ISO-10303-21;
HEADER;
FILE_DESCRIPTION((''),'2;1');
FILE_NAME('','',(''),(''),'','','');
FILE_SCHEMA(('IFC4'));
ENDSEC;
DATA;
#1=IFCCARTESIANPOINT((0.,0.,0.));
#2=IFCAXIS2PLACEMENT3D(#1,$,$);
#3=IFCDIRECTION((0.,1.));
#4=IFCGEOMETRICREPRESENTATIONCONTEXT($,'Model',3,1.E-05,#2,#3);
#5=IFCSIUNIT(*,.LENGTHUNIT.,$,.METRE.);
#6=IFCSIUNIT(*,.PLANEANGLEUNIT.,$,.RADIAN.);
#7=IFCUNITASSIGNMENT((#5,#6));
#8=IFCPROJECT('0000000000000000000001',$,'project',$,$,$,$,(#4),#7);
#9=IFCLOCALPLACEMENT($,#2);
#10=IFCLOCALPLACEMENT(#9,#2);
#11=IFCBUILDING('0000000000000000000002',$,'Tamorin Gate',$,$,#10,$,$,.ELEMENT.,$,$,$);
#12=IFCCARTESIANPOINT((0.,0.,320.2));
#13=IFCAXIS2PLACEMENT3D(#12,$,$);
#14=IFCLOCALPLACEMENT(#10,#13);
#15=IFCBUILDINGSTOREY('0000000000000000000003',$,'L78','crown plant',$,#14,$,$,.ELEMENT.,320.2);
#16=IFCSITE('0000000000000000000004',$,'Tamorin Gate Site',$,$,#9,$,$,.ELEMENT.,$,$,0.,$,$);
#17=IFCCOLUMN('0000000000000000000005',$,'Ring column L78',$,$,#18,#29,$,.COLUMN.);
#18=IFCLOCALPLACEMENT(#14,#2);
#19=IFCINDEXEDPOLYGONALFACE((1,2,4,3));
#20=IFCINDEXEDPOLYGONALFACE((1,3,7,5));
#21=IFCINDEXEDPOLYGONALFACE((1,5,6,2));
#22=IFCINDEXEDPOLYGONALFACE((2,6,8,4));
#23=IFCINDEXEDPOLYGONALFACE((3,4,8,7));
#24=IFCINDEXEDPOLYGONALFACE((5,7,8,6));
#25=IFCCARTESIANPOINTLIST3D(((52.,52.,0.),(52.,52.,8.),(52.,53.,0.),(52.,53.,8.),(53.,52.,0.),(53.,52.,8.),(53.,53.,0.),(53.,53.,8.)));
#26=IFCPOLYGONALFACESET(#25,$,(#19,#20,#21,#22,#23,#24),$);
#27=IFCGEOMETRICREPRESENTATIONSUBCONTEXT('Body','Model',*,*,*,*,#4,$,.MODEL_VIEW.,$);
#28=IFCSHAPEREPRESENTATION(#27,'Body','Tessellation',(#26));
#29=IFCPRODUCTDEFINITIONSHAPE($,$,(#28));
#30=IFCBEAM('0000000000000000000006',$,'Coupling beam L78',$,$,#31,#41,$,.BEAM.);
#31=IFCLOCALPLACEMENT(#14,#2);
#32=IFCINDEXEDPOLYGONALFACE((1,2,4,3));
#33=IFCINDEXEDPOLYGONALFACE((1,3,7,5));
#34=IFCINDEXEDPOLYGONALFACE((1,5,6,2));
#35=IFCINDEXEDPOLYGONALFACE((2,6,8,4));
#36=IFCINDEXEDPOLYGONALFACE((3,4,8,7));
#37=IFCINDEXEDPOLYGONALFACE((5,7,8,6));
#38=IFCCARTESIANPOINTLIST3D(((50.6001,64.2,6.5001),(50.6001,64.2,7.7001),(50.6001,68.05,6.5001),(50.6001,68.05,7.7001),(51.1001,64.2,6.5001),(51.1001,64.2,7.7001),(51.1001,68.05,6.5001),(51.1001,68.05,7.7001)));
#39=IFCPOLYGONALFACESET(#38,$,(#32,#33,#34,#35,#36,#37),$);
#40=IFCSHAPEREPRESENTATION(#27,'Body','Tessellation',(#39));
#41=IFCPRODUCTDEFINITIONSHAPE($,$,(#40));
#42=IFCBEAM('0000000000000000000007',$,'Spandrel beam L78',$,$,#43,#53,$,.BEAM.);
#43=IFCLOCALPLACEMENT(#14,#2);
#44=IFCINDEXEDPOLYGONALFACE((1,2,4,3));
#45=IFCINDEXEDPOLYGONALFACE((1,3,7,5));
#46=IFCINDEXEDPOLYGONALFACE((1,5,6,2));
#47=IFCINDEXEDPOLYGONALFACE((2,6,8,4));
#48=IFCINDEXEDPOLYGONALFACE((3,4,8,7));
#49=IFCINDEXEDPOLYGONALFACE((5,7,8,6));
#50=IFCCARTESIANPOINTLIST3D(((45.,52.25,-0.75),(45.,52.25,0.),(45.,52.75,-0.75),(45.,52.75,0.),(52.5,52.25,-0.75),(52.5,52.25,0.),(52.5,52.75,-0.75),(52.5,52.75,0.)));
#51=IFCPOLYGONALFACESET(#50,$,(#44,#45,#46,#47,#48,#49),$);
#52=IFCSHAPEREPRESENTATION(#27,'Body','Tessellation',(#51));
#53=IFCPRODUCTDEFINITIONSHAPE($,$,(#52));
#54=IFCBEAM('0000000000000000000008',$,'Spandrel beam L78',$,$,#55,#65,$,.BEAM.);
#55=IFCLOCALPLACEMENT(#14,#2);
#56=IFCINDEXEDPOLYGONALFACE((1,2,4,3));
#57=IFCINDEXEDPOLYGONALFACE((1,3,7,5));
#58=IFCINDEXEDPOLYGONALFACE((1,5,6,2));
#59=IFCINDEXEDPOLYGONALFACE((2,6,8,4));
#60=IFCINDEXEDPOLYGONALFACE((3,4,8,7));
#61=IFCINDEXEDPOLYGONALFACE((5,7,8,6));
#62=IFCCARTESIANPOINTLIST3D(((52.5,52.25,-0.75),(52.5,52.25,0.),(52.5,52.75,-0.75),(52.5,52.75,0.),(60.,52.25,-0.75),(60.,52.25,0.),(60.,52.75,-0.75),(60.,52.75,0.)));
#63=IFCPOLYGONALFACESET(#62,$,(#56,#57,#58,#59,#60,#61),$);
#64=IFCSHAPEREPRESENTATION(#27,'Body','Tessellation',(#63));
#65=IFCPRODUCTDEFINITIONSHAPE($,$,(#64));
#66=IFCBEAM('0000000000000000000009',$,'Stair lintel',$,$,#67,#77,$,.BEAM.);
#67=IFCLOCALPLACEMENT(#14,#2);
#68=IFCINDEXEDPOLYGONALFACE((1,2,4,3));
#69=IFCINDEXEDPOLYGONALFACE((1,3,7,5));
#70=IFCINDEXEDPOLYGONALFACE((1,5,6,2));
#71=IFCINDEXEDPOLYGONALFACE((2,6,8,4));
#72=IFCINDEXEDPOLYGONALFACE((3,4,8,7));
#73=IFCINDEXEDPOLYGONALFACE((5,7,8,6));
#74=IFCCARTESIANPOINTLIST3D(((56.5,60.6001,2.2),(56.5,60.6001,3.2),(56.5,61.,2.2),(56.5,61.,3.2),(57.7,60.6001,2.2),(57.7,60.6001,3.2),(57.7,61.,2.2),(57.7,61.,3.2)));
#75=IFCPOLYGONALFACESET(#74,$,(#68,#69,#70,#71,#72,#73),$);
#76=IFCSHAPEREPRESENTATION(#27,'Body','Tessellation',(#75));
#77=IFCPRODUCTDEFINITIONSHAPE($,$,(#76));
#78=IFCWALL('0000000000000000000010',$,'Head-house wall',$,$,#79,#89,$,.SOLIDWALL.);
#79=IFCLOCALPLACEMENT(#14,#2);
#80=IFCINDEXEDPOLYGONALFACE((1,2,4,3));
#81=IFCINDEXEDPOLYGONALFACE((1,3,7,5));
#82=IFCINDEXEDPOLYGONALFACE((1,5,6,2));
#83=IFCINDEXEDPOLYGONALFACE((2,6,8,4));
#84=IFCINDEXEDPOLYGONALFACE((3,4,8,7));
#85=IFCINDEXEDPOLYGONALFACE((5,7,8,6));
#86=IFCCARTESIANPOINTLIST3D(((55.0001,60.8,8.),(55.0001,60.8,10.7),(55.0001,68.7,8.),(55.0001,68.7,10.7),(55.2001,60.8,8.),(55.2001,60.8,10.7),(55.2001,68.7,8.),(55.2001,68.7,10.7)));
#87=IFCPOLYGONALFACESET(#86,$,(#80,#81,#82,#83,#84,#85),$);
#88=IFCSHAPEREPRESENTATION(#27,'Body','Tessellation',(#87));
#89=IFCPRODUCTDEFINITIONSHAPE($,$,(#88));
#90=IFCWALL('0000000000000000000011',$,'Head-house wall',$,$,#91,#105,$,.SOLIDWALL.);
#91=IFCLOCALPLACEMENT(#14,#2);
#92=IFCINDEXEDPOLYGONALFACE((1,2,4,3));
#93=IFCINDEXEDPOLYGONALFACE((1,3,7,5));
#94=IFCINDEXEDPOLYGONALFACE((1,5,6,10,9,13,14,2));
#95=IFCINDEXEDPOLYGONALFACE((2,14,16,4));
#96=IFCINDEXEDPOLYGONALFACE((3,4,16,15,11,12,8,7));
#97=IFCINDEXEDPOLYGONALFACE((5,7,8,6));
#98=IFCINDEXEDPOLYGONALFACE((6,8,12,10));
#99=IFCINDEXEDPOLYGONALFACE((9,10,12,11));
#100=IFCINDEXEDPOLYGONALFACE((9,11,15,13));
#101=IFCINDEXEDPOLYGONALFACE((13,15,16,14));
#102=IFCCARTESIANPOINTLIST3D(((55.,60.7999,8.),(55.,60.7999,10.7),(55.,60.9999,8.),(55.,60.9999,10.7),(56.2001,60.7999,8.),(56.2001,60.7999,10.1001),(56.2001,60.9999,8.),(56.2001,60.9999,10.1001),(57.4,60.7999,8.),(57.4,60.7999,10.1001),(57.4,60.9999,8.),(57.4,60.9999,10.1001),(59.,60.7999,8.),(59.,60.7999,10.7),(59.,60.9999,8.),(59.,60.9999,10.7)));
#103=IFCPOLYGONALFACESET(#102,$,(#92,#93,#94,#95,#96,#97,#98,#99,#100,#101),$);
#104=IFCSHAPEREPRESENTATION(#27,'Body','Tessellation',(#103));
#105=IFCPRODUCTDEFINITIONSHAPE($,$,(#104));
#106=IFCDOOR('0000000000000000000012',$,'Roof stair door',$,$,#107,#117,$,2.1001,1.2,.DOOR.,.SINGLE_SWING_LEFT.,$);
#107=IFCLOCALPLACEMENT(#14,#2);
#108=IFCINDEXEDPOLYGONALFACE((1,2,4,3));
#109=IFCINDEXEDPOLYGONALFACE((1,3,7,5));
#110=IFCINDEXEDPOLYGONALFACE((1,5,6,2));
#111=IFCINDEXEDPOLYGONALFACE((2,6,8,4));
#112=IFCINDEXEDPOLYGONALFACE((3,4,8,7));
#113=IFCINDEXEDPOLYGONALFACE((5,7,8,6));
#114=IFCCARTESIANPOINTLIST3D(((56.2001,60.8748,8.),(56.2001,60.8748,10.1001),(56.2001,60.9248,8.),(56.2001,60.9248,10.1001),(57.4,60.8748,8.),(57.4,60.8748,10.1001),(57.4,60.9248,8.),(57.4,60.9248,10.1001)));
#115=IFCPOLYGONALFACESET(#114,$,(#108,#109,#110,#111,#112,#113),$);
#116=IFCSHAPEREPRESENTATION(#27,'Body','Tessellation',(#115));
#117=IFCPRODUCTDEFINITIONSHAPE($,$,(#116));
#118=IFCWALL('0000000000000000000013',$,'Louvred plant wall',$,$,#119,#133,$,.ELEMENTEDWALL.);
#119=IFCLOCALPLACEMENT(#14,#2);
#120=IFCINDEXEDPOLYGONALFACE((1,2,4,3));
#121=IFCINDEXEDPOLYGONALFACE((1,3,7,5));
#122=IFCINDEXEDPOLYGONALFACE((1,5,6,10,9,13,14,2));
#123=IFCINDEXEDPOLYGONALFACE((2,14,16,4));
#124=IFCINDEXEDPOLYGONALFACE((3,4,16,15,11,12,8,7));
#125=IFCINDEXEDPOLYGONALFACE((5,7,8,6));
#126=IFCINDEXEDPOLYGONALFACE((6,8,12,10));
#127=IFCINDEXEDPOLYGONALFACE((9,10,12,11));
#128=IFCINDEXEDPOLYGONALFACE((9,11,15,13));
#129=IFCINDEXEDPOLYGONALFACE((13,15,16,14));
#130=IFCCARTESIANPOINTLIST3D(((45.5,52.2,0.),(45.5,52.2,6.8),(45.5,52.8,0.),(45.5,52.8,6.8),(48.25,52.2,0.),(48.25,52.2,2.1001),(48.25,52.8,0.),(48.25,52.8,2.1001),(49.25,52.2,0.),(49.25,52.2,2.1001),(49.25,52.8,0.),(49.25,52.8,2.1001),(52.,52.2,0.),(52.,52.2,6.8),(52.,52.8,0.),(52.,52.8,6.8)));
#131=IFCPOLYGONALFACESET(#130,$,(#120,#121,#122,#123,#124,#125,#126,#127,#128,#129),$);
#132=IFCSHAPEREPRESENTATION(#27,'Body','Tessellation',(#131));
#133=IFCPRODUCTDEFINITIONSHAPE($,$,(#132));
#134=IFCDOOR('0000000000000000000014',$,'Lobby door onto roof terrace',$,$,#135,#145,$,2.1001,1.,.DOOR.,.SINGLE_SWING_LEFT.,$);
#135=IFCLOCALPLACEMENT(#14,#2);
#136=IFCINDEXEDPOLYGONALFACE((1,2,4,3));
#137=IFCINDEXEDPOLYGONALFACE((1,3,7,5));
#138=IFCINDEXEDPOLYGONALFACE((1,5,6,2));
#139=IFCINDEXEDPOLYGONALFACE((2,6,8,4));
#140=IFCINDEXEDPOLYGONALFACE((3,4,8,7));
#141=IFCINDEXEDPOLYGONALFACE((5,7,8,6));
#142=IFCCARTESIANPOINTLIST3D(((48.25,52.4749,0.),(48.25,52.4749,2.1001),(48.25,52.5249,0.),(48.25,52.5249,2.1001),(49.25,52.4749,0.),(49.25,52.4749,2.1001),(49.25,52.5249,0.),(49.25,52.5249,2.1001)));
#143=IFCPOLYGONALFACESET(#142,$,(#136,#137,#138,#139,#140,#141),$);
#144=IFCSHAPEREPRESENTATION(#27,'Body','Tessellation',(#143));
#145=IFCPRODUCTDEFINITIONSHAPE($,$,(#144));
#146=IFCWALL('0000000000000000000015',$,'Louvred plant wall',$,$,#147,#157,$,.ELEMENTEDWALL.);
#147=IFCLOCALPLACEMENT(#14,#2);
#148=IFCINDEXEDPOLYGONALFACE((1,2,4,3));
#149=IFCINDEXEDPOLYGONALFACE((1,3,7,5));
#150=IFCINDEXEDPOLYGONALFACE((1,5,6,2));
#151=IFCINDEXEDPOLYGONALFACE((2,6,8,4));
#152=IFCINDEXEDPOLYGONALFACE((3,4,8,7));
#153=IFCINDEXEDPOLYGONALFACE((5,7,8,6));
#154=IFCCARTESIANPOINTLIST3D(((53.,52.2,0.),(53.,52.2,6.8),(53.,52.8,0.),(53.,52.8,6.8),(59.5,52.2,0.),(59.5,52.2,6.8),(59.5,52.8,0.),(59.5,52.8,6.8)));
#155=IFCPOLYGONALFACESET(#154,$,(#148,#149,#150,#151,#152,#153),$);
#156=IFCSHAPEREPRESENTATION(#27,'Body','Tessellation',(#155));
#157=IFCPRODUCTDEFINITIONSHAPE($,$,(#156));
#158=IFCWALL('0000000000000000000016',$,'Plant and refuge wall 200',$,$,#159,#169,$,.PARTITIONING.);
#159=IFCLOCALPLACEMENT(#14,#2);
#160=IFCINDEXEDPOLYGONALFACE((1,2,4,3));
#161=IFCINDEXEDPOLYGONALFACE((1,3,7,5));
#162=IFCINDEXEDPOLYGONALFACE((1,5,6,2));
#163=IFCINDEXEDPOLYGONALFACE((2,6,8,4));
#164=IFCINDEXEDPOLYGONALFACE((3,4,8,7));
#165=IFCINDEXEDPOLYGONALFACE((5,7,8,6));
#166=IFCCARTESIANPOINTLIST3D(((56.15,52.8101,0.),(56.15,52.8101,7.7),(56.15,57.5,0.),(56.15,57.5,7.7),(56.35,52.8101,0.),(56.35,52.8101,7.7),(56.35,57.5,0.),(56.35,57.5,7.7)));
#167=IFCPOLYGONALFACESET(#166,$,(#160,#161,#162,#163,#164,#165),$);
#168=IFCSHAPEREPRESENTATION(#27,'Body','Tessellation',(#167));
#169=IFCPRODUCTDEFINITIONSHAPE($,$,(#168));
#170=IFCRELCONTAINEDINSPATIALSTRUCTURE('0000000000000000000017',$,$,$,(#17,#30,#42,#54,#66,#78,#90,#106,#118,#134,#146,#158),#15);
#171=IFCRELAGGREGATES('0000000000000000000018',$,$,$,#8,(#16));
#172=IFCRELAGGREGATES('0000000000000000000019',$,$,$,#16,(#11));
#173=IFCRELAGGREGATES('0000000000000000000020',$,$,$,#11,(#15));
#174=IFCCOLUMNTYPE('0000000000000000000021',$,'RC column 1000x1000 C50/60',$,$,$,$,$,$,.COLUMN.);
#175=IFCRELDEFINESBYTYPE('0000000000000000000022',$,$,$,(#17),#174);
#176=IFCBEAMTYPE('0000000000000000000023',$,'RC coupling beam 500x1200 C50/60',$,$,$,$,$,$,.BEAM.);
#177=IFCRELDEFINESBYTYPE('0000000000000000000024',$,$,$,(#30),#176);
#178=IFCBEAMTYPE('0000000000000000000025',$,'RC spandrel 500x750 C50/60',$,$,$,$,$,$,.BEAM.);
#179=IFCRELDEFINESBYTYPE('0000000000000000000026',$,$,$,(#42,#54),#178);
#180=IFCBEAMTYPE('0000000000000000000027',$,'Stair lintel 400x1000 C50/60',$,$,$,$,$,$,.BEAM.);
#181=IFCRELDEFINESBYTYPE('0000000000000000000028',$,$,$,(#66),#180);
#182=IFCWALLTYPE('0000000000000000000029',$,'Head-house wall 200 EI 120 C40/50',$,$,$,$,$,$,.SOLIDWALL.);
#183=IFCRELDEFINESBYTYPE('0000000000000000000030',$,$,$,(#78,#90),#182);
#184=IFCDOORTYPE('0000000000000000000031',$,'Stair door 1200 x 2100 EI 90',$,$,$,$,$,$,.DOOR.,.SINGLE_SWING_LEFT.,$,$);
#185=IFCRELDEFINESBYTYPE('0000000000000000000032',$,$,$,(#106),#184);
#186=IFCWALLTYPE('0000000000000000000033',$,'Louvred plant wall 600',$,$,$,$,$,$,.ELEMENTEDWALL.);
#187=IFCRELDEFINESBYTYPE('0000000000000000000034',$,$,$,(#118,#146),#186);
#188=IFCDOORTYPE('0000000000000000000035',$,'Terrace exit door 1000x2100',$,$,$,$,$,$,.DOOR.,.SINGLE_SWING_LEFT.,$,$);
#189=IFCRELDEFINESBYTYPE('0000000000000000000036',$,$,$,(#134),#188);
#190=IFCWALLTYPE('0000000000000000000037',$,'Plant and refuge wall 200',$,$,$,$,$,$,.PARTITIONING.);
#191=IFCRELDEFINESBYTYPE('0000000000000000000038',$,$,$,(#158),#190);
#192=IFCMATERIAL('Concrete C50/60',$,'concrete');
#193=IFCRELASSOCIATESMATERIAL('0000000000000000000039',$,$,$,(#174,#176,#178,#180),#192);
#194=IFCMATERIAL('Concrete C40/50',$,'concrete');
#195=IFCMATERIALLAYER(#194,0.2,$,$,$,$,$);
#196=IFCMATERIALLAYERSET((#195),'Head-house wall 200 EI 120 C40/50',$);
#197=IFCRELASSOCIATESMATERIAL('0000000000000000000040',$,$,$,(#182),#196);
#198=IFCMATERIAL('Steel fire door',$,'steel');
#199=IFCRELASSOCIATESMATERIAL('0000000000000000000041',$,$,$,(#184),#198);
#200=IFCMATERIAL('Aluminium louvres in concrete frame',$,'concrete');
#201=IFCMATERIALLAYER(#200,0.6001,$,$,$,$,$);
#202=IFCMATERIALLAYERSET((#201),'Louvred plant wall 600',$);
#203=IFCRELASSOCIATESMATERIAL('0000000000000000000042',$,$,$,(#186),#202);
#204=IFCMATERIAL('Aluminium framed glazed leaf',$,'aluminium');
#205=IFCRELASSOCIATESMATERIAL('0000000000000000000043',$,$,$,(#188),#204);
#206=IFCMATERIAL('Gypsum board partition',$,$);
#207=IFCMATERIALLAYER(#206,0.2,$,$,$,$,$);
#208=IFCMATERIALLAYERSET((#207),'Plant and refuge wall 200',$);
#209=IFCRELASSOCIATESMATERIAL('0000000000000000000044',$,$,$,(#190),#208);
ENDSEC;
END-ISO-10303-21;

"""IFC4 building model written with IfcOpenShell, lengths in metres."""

from ifc_helpers import new_model, si_unit, direction, frame, frame_2d, origin, origin_2d, place, context, subcontext, project, spatial, rectangle, extrude, material, layer, layer_set, material_profile, profile_set, type_object, element, fill, save


model = new_model("IFC4")

# Units and contexts
model_context = context("Model", 3, precision=1e-05, world=origin(), true_north=direction((0.0, 1.0)))
body_context = subcontext(model_context, "Body", "Model", "MODEL_VIEW")
ifc_project = project(units=[si_unit("LENGTHUNIT", "METRE"), si_unit("PLANEANGLEUNIT", "RADIAN")], contexts=[model_context])

# Site, building, storey
site_placement = place(None, origin())
site = spatial("IfcSite", under=ifc_project, at=site_placement, Name="Tamorin Gate Site", CompositionType="ELEMENT", RefElevation=0.0)
building_placement = place(site_placement, origin())
building = spatial("IfcBuilding", under=site, at=building_placement, Name="Tamorin Gate", CompositionType="ELEMENT")
storey_placement = place(building_placement, frame((0.0, 0.0, 320.2)))
storey = spatial("IfcBuildingStorey", under=building, at=storey_placement, Name="L78", Description="crown plant", CompositionType="ELEMENT", Elevation=320.2)

# Column
ifc_material_1 = material(Name="Concrete C50/60", Category="concrete")
ifc_material_profile_1 = material_profile(ifc_material_1, rectangle(XDim=1.0, YDim=1.0, at=origin_2d()), Name="RC 1000x1000")
ifc_profile_set_1 = profile_set([ifc_material_profile_1], Name="Concrete C50/60")
column_type = type_object("IfcColumnType", Name="RC column 1000x1000 C50/60", PredefinedType="COLUMN", material=ifc_profile_set_1)
column_placement = place(storey_placement, frame((52.5, 52.5, 0.0), z_axis=(0.0, 0.0, 1.0), x_axis=(1.0, 0.0, 0.0)))
element("IfcColumn", 1, at=column_placement, inside=storey, type_object=column_type, Name="Ring column L78", PredefinedType="COLUMN", context=body_context, shape_type="SweptSolid", body=[
    extrude(rectangle(XDim=1.0, YDim=1.0, at=origin_2d()), origin(), (0.0, 0.0, 1.0), 8.0),
])

# Beams
ifc_material_profile_2 = material_profile(ifc_material_1, rectangle(XDim=0.5, YDim=1.2, at=origin_2d()), Name="RC 500x1200")
ifc_profile_set_2 = profile_set([ifc_material_profile_2], Name="Concrete C50/60")
beam_type_1 = type_object("IfcBeamType", Name="RC coupling beam 500x1200 C50/60", PredefinedType="BEAM", material=ifc_profile_set_2)
beam_1_placement = place(storey_placement, frame((50.8501, 64.2, 7.1001), z_axis=(0.0, 1.0, 0.0), x_axis=(-1.0, 0.0, 0.0)))
element("IfcBeam", 2, at=beam_1_placement, inside=storey, type_object=beam_type_1, Name="Coupling beam L78", PredefinedType="BEAM", context=body_context, shape_type="SweptSolid", body=[
    extrude(rectangle(XDim=0.5, YDim=1.2, at=origin_2d()), origin(), (0.0, 0.0, 1.0), 3.8501),
])
ifc_material_profile_3 = material_profile(ifc_material_1, rectangle(XDim=0.5, YDim=0.75, at=origin_2d()), Name="RC 500x750")
ifc_profile_set_3 = profile_set([ifc_material_profile_3], Name="Concrete C50/60")
beam_type_2 = type_object("IfcBeamType", Name="RC spandrel 500x750 C50/60", PredefinedType="BEAM", material=ifc_profile_set_3)
for number, where, z_axis, x_axis, name in (
    (3, (45.0, 52.5, -0.375), (1.0, 0.0, 0.0), (0.0, 1.0, 0.0), "Spandrel beam L78"),
    (4, (52.5, 52.5, -0.375), (1.0, 0.0, 0.0), (0.0, 1.0, 0.0), "Spandrel beam L78"),
):
    element("IfcBeam", number, at=place(storey_placement, frame(where, z_axis=z_axis, x_axis=x_axis)), inside=storey, type_object=beam_type_2, Name=name, PredefinedType="BEAM", context=body_context, shape_type="SweptSolid", body=[
        extrude(rectangle(XDim=0.5, YDim=0.75, at=origin_2d()), origin(), (0.0, 0.0, 1.0), 7.5),
    ])
ifc_material_profile_4 = material_profile(ifc_material_1, rectangle(XDim=0.3999, YDim=1.0, at=origin_2d()))
ifc_profile_set_4 = profile_set([ifc_material_profile_4], Name="Concrete C50/60")
beam_type_3 = type_object("IfcBeamType", Name="Stair lintel 400x1000 C50/60", PredefinedType="BEAM", material=ifc_profile_set_4)
beam_2_placement = place(storey_placement, frame((56.5, 60.8, 2.7), z_axis=(1.0, 0.0, 0.0), x_axis=(0.0, 1.0, 0.0)))
element("IfcBeam", 5, at=beam_2_placement, inside=storey, type_object=beam_type_3, Name="Stair lintel", PredefinedType="BEAM", context=body_context, shape_type="SweptSolid", body=[
    extrude(rectangle(XDim=0.3999, YDim=1.0, at=origin_2d()), origin(), (0.0, 0.0, 1.0), 1.2),
])

# Wall
ifc_material_2 = material(Name="Concrete C40/50", Category="concrete")
ifc_layer_1 = layer(ifc_material_2, 0.2)
ifc_layer_set_1 = layer_set([ifc_layer_1], Name="Head-house wall 200 EI 120 C40/50")
wall_type_1 = type_object("IfcWallType", Name="Head-house wall 200 EI 120 C40/50", PredefinedType="SOLIDWALL", material=ifc_layer_set_1)
wall_1_placement = place(storey_placement, frame((55.1001, 60.8, 8.0), z_axis=(0.0, 0.0, 1.0), x_axis=(0.0, 1.0, 0.0)))
element("IfcWall", 6, at=wall_1_placement, inside=storey, type_object=wall_type_1, Name="Head-house wall", PredefinedType="SOLIDWALL", context=body_context, shape_type="SweptSolid", body=[
    extrude(rectangle(XDim=7.8999, YDim=0.2, at=frame_2d((3.95, 0.0))), origin(), (0.0, 0.0, 1.0), 2.7),
])

# Walls, openings, doors
wall_2_placement = place(storey_placement, frame((55.0, 60.8999, 8.0), z_axis=(0.0, 0.0, 1.0), x_axis=(1.0, 0.0, 0.0)))
wall_2 = element("IfcWall", 7, at=wall_2_placement, inside=storey, type_object=wall_type_1, Name="Head-house wall", PredefinedType="SOLIDWALL", context=body_context, shape_type="SweptSolid", body=[
    extrude(rectangle(XDim=4.0, YDim=0.2, at=frame_2d((2.0, 0.0))), origin(), (0.0, 0.0, 1.0), 2.7),
])
opening_1_placement = place(wall_2_placement, frame((1.2, 0.0, 0.0)))
opening_1 = element("IfcOpeningElement", 8, at=opening_1_placement, cuts=wall_2, PredefinedType="OPENING", context=body_context, shape_type="SweptSolid", body=[
    extrude(rectangle(XDim=1.2, YDim=2.1001, at=frame_2d((0.6001, 1.05))), frame((0.0, 0.1099, 0.0), z_axis=(0.0, -1.0, 0.0), x_axis=(1.0, 0.0, 0.0)), (0.0, 0.0, 1.0), 0.22),
])
ifc_material_3 = material(Name="Steel fire door", Category="steel")
door_type_1 = type_object("IfcDoorType", Name="Stair door 1200 x 2100 EI 90", OperationType="SINGLE_SWING_LEFT", PredefinedType="DOOR", material=ifc_material_3)
door_1_placement = place(opening_1_placement, origin())
door_1 = element("IfcDoor", 9, at=door_1_placement, inside=storey, type_object=door_type_1, Name="Roof stair door", OperationType="SINGLE_SWING_LEFT", OverallHeight=2.1001, OverallWidth=1.2, PredefinedType="DOOR", context=body_context, shape_type="SweptSolid", body=[
    extrude(rectangle(XDim=1.2, YDim=2.1001, at=frame_2d((0.6001, 1.05))), frame((0.0, 0.0249, 0.0), z_axis=(0.0, -1.0, 0.0), x_axis=(1.0, 0.0, 0.0)), (0.0, 0.0, 1.0), 0.05),
])
fill(opening_1, door_1)
ifc_material_4 = material(Name="Aluminium louvres in concrete frame", Category="concrete")
ifc_layer_2 = layer(ifc_material_4, 0.6001)
ifc_layer_set_2 = layer_set([ifc_layer_2], Name="Louvred plant wall 600")
wall_type_2 = type_object("IfcWallType", Name="Louvred plant wall 600", PredefinedType="ELEMENTEDWALL", material=ifc_layer_set_2)
wall_3_placement = place(storey_placement, frame((45.5, 52.5, 0.0), z_axis=(0.0, 0.0, 1.0), x_axis=(1.0, 0.0, 0.0)))
wall_3 = element("IfcWall", 10, at=wall_3_placement, inside=storey, type_object=wall_type_2, Name="Louvred plant wall", PredefinedType="ELEMENTEDWALL", context=body_context, shape_type="SweptSolid", body=[
    extrude(rectangle(XDim=6.5, YDim=0.6001, at=frame_2d((3.25, 0.0))), origin(), (0.0, 0.0, 1.0), 6.8),
])
opening_2_placement = place(wall_3_placement, frame((2.75, 0.0, 0.0)))
opening_2 = element("IfcOpeningElement", 11, at=opening_2_placement, cuts=wall_3, PredefinedType="OPENING", context=body_context, shape_type="SweptSolid", body=[
    extrude(rectangle(XDim=1.0, YDim=2.1001, at=frame_2d((0.5, 1.05))), frame((0.0, 0.3101, 0.0), z_axis=(0.0, -1.0, 0.0), x_axis=(1.0, 0.0, 0.0)), (0.0, 0.0, 1.0), 0.6201),
])
ifc_material_5 = material(Name="Aluminium framed glazed leaf", Category="aluminium")
door_type_2 = type_object("IfcDoorType", Name="Terrace exit door 1000x2100", OperationType="SINGLE_SWING_LEFT", PredefinedType="DOOR", material=ifc_material_5)
door_2_placement = place(opening_2_placement, origin())
door_2 = element("IfcDoor", 12, at=door_2_placement, inside=storey, type_object=door_type_2, Name="Lobby door onto roof terrace", OperationType="SINGLE_SWING_LEFT", OverallHeight=2.1001, OverallWidth=1.0, PredefinedType="DOOR", context=body_context, shape_type="SweptSolid", body=[
    extrude(rectangle(XDim=1.0, YDim=2.1001, at=frame_2d((0.5, 1.05))), frame((0.0, 0.0249, 0.0), z_axis=(0.0, -1.0, 0.0), x_axis=(1.0, 0.0, 0.0)), (0.0, 0.0, 1.0), 0.05),
])
fill(opening_2, door_2)

# Walls
wall_4_placement = place(storey_placement, frame((53.0, 52.5, 0.0), z_axis=(0.0, 0.0, 1.0), x_axis=(1.0, 0.0, 0.0)))
element("IfcWall", 13, at=wall_4_placement, inside=storey, type_object=wall_type_2, Name="Louvred plant wall", PredefinedType="ELEMENTEDWALL", context=body_context, shape_type="SweptSolid", body=[
    extrude(rectangle(XDim=6.5, YDim=0.6001, at=frame_2d((3.25, 0.0))), origin(), (0.0, 0.0, 1.0), 6.8),
])
ifc_material_6 = material(Name="Gypsum board partition")
ifc_layer_3 = layer(ifc_material_6, 0.2)
ifc_layer_set_3 = layer_set([ifc_layer_3], Name="Plant and refuge wall 200")
wall_type_3 = type_object("IfcWallType", Name="Plant and refuge wall 200", PredefinedType="PARTITIONING", material=ifc_layer_set_3)
wall_5_placement = place(storey_placement, frame((56.25, 52.8101, 0.0), z_axis=(0.0, 0.0, 1.0), x_axis=(0.0, 1.0, 0.0)))
element("IfcWall", 14, at=wall_5_placement, inside=storey, type_object=wall_type_3, Name="Plant and refuge wall 200", PredefinedType="PARTITIONING", context=body_context, shape_type="SweptSolid", body=[
    extrude(rectangle(XDim=4.6899, YDim=0.2, at=frame_2d((2.345, 0.0))), origin(), (0.0, 0.0, 1.0), 7.7),
])

save(model, "model.ifc")
